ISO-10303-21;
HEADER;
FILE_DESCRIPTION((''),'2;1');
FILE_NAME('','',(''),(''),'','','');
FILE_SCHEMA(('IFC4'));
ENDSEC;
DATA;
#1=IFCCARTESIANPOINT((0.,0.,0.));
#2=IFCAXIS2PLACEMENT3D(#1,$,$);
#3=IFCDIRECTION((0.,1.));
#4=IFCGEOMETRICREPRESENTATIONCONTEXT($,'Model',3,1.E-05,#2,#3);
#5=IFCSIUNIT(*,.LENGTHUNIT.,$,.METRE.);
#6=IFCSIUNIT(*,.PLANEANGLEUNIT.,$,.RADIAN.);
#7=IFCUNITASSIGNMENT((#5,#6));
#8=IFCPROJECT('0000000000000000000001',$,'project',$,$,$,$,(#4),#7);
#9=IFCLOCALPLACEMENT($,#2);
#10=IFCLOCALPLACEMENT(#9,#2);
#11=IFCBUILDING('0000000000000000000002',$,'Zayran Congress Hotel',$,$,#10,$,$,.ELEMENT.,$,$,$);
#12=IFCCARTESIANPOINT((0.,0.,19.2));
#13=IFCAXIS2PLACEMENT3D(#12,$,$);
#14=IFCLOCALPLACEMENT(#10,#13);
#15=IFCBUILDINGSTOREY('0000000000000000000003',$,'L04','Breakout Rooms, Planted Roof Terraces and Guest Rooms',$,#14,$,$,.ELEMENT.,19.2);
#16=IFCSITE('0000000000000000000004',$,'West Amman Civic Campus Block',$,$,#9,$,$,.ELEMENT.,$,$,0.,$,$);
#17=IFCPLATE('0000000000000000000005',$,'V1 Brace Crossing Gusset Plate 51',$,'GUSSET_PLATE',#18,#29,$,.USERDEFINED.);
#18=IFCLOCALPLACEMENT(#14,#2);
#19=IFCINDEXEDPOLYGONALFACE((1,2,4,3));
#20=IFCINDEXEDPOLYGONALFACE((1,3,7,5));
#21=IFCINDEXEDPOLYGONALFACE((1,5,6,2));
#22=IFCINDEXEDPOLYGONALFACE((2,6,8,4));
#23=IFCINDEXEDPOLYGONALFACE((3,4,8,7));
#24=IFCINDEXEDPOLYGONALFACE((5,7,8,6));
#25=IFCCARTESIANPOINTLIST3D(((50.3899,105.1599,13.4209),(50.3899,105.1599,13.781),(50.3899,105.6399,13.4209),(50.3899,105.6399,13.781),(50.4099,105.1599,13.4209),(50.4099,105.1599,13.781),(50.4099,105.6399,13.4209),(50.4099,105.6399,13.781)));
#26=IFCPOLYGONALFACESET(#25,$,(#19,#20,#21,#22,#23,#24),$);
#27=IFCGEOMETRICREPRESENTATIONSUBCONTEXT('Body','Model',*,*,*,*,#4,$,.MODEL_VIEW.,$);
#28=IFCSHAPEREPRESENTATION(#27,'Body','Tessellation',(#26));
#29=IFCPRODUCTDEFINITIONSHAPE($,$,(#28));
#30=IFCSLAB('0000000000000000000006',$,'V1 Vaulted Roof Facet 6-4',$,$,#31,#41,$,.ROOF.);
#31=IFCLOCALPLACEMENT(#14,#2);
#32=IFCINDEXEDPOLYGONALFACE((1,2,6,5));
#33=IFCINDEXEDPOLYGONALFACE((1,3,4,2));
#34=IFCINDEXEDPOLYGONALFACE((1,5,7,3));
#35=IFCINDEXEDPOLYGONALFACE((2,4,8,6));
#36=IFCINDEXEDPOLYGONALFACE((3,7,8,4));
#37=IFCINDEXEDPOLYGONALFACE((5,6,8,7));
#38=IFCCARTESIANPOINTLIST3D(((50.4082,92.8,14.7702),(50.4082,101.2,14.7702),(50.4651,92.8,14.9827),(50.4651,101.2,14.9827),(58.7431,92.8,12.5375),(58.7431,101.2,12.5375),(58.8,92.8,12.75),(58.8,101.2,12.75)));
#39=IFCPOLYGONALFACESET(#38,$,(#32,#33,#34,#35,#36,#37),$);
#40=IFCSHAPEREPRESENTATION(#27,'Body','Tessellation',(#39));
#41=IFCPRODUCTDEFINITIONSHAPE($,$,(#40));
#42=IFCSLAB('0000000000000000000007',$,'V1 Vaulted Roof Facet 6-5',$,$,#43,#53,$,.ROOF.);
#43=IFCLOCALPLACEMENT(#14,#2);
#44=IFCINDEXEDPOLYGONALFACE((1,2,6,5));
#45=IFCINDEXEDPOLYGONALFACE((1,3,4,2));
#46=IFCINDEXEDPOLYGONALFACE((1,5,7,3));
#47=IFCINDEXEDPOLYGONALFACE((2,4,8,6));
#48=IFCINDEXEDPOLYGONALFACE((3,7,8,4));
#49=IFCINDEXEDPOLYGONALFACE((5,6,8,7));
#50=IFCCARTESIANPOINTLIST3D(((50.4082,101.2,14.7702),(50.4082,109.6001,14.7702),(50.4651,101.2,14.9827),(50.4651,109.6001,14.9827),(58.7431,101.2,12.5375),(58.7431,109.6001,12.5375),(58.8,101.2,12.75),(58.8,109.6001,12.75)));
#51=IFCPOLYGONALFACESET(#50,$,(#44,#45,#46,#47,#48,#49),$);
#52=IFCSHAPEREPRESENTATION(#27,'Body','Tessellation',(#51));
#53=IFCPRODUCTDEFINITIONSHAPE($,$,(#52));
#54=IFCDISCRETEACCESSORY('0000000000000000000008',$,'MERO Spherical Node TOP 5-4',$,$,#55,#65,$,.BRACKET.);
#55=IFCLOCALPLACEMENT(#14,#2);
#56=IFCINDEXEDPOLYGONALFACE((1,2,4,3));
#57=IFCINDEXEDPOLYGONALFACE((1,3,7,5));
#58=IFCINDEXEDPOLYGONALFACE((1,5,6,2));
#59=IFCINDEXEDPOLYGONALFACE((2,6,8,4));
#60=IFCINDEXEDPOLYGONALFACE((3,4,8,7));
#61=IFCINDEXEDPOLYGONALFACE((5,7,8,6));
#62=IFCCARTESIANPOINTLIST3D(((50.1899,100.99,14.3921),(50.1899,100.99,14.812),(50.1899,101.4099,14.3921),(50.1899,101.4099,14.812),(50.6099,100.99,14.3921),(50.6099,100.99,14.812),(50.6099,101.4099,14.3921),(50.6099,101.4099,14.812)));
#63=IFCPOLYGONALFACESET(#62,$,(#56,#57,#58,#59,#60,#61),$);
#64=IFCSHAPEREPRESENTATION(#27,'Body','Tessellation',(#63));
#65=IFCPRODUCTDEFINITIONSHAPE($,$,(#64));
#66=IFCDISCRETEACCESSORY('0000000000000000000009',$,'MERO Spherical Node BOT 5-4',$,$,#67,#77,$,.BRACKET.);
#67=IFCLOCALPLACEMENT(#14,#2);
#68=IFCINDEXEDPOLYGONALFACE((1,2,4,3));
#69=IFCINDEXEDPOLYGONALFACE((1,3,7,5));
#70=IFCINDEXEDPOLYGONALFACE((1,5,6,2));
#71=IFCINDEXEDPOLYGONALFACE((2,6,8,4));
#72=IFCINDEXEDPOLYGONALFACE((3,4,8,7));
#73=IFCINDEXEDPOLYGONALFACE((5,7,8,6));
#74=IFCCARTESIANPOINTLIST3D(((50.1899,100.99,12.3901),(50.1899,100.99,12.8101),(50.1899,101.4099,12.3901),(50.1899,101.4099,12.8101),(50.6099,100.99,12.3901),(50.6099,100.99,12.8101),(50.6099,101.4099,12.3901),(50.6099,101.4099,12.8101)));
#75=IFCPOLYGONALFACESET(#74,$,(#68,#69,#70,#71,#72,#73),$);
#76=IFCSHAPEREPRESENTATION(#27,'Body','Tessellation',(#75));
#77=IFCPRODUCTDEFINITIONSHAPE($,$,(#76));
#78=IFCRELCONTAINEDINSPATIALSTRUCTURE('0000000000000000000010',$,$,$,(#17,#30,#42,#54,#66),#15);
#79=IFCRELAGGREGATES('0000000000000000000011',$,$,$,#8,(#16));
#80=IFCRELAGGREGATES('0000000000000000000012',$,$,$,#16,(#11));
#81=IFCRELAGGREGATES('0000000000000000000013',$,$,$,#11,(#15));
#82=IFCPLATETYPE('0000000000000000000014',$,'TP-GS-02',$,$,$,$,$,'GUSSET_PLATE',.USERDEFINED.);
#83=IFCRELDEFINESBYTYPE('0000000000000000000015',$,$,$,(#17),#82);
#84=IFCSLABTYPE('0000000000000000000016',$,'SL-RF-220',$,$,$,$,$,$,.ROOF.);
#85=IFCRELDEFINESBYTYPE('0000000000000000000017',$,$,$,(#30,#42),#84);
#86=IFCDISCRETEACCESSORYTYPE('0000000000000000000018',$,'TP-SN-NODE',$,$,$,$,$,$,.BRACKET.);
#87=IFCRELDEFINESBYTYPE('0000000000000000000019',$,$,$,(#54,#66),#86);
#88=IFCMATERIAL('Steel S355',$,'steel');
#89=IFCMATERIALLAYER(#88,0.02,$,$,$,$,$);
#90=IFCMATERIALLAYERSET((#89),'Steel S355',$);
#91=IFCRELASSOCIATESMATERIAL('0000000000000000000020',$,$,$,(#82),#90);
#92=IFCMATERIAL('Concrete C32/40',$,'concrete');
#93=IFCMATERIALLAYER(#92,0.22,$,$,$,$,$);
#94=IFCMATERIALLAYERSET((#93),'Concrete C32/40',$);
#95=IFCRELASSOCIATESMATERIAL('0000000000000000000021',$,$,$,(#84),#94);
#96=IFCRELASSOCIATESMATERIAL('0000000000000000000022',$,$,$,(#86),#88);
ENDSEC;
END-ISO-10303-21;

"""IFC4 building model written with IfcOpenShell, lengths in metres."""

from ifc_helpers import new_model, si_unit, direction, frame, origin, origin_2d, place, context, subcontext, project, spatial, polyline, rectangle, outline, extrude, material, layer, layer_set, type_object, element, save


model = new_model("IFC4")

# Units and contexts
model_context = context("Model", 3, precision=1e-05, world=origin(), true_north=direction((0.0, 1.0)))
body_context = subcontext(model_context, "Body", "Model", "MODEL_VIEW")
ifc_project = project(units=[si_unit("LENGTHUNIT", "METRE"), si_unit("PLANEANGLEUNIT", "RADIAN")], contexts=[model_context])

# Site, building, storey
site_placement = place(None, origin())
site = spatial("IfcSite", under=ifc_project, at=site_placement, Name="West Amman Civic Campus Block", CompositionType="ELEMENT", RefElevation=0.0)
building_placement = place(site_placement, origin())
building = spatial("IfcBuilding", under=site, at=building_placement, Name="Zayran Congress Hotel", CompositionType="ELEMENT")
storey_placement = place(building_placement, frame((0.0, 0.0, 19.2)))
storey = spatial("IfcBuildingStorey", under=building, at=storey_placement, Name="L04", Description="Breakout Rooms, Planted Roof Terraces and Guest Rooms", CompositionType="ELEMENT", Elevation=19.2)

# Shared definitions
ifc_material_1 = material(Name="Steel S355", Category="steel")

# Plate
ifc_layer_1 = layer(ifc_material_1, 0.02)
ifc_layer_set_1 = layer_set([ifc_layer_1], Name="Steel S355")
plate_type_1 = type_object("IfcPlateType", Name="TP-GS-02", ElementType="GUSSET_PLATE", PredefinedType="USERDEFINED", material=ifc_layer_set_1)
for number, where, z_axis, x_axis, name in (
    (1, (50.3999, 105.3999, 13.4209), (0.0, 0.0, 1.0), (0.0, 1.0, 0.0), "V1 Brace Crossing Gusset Plate 51"),
):
    element("IfcPlate", number, at=place(storey_placement, frame(where, z_axis=z_axis, x_axis=x_axis)), inside=storey, type_object=plate_type_1, Name=name, ObjectType="GUSSET_PLATE", PredefinedType="USERDEFINED", context=body_context, shape_type="SweptSolid", body=[
        extrude(rectangle(XDim=0.48, YDim=0.02, at=origin_2d()), origin(), (0.0, 0.0, 1.0), 0.3601),
    ])

# Slabs
ifc_material_2 = material(Name="Concrete C32/40", Category="concrete")
ifc_layer_2 = layer(ifc_material_2, 0.22)
ifc_layer_set_2 = layer_set([ifc_layer_2], Name="Concrete C32/40")
slab_type = type_object("IfcSlabType", Name="SL-RF-220", PredefinedType="ROOF", material=ifc_layer_set_2)
slab_1_placement = place(storey_placement, frame((50.4651, 92.8, 14.9827), z_axis=(0.258746, 0.0, 0.965946), x_axis=(0.965946, 0.0, -0.258746)))
element("IfcSlab", 2, at=slab_1_placement, inside=storey, type_object=slab_type, Name="V1 Vaulted Roof Facet 6-4", PredefinedType="ROOF", context=body_context, shape_type="SweptSolid", body=[
    extrude(outline(polyline([(0.0, 0.0), (8.6288, 0.0), (8.6288, 8.3999), (0.0, 8.3999), (0.0, 0.0)])), origin(), (0.0, 0.0, -1.0), 0.22),
])
slab_2_placement = place(storey_placement, frame((50.4651, 101.2, 14.9827), z_axis=(0.258746, 0.0, 0.965946), x_axis=(0.965946, 0.0, -0.258746)))
element("IfcSlab", 3, at=slab_2_placement, inside=storey, type_object=slab_type, Name="V1 Vaulted Roof Facet 6-5", PredefinedType="ROOF", context=body_context, shape_type="SweptSolid", body=[
    extrude(outline(polyline([(0.0, 0.0), (8.6288, 0.0), (8.6288, 8.4001), (0.0, 8.4001), (0.0, 0.0)])), origin(), (0.0, 0.0, -1.0), 0.22),
])

# Discrete accessories
discrete_accessory_type = type_object("IfcDiscreteAccessoryType", Name="TP-SN-NODE", PredefinedType="BRACKET", material=ifc_material_1)
for number, where, z_axis, x_axis, name in (
    (4, (50.3999, 101.2, 14.3921), (0.0, 0.0, 1.0), (1.0, 0.0, 0.0), "MERO Spherical Node TOP 5-4"),
    (5, (50.3999, 101.2, 12.3901), (0.0, 0.0, 1.0), (1.0, 0.0, 0.0), "MERO Spherical Node BOT 5-4"),
):
    element("IfcDiscreteAccessory", number, at=place(storey_placement, frame(where, z_axis=z_axis, x_axis=x_axis)), inside=storey, type_object=discrete_accessory_type, Name=name, PredefinedType="BRACKET", context=body_context, shape_type="SweptSolid", body=[
        extrude(rectangle(XDim=0.4199, YDim=0.4199, at=origin_2d()), origin(), (0.0, 0.0, 1.0), 0.4199),
    ])

save(model, "model.ifc")
